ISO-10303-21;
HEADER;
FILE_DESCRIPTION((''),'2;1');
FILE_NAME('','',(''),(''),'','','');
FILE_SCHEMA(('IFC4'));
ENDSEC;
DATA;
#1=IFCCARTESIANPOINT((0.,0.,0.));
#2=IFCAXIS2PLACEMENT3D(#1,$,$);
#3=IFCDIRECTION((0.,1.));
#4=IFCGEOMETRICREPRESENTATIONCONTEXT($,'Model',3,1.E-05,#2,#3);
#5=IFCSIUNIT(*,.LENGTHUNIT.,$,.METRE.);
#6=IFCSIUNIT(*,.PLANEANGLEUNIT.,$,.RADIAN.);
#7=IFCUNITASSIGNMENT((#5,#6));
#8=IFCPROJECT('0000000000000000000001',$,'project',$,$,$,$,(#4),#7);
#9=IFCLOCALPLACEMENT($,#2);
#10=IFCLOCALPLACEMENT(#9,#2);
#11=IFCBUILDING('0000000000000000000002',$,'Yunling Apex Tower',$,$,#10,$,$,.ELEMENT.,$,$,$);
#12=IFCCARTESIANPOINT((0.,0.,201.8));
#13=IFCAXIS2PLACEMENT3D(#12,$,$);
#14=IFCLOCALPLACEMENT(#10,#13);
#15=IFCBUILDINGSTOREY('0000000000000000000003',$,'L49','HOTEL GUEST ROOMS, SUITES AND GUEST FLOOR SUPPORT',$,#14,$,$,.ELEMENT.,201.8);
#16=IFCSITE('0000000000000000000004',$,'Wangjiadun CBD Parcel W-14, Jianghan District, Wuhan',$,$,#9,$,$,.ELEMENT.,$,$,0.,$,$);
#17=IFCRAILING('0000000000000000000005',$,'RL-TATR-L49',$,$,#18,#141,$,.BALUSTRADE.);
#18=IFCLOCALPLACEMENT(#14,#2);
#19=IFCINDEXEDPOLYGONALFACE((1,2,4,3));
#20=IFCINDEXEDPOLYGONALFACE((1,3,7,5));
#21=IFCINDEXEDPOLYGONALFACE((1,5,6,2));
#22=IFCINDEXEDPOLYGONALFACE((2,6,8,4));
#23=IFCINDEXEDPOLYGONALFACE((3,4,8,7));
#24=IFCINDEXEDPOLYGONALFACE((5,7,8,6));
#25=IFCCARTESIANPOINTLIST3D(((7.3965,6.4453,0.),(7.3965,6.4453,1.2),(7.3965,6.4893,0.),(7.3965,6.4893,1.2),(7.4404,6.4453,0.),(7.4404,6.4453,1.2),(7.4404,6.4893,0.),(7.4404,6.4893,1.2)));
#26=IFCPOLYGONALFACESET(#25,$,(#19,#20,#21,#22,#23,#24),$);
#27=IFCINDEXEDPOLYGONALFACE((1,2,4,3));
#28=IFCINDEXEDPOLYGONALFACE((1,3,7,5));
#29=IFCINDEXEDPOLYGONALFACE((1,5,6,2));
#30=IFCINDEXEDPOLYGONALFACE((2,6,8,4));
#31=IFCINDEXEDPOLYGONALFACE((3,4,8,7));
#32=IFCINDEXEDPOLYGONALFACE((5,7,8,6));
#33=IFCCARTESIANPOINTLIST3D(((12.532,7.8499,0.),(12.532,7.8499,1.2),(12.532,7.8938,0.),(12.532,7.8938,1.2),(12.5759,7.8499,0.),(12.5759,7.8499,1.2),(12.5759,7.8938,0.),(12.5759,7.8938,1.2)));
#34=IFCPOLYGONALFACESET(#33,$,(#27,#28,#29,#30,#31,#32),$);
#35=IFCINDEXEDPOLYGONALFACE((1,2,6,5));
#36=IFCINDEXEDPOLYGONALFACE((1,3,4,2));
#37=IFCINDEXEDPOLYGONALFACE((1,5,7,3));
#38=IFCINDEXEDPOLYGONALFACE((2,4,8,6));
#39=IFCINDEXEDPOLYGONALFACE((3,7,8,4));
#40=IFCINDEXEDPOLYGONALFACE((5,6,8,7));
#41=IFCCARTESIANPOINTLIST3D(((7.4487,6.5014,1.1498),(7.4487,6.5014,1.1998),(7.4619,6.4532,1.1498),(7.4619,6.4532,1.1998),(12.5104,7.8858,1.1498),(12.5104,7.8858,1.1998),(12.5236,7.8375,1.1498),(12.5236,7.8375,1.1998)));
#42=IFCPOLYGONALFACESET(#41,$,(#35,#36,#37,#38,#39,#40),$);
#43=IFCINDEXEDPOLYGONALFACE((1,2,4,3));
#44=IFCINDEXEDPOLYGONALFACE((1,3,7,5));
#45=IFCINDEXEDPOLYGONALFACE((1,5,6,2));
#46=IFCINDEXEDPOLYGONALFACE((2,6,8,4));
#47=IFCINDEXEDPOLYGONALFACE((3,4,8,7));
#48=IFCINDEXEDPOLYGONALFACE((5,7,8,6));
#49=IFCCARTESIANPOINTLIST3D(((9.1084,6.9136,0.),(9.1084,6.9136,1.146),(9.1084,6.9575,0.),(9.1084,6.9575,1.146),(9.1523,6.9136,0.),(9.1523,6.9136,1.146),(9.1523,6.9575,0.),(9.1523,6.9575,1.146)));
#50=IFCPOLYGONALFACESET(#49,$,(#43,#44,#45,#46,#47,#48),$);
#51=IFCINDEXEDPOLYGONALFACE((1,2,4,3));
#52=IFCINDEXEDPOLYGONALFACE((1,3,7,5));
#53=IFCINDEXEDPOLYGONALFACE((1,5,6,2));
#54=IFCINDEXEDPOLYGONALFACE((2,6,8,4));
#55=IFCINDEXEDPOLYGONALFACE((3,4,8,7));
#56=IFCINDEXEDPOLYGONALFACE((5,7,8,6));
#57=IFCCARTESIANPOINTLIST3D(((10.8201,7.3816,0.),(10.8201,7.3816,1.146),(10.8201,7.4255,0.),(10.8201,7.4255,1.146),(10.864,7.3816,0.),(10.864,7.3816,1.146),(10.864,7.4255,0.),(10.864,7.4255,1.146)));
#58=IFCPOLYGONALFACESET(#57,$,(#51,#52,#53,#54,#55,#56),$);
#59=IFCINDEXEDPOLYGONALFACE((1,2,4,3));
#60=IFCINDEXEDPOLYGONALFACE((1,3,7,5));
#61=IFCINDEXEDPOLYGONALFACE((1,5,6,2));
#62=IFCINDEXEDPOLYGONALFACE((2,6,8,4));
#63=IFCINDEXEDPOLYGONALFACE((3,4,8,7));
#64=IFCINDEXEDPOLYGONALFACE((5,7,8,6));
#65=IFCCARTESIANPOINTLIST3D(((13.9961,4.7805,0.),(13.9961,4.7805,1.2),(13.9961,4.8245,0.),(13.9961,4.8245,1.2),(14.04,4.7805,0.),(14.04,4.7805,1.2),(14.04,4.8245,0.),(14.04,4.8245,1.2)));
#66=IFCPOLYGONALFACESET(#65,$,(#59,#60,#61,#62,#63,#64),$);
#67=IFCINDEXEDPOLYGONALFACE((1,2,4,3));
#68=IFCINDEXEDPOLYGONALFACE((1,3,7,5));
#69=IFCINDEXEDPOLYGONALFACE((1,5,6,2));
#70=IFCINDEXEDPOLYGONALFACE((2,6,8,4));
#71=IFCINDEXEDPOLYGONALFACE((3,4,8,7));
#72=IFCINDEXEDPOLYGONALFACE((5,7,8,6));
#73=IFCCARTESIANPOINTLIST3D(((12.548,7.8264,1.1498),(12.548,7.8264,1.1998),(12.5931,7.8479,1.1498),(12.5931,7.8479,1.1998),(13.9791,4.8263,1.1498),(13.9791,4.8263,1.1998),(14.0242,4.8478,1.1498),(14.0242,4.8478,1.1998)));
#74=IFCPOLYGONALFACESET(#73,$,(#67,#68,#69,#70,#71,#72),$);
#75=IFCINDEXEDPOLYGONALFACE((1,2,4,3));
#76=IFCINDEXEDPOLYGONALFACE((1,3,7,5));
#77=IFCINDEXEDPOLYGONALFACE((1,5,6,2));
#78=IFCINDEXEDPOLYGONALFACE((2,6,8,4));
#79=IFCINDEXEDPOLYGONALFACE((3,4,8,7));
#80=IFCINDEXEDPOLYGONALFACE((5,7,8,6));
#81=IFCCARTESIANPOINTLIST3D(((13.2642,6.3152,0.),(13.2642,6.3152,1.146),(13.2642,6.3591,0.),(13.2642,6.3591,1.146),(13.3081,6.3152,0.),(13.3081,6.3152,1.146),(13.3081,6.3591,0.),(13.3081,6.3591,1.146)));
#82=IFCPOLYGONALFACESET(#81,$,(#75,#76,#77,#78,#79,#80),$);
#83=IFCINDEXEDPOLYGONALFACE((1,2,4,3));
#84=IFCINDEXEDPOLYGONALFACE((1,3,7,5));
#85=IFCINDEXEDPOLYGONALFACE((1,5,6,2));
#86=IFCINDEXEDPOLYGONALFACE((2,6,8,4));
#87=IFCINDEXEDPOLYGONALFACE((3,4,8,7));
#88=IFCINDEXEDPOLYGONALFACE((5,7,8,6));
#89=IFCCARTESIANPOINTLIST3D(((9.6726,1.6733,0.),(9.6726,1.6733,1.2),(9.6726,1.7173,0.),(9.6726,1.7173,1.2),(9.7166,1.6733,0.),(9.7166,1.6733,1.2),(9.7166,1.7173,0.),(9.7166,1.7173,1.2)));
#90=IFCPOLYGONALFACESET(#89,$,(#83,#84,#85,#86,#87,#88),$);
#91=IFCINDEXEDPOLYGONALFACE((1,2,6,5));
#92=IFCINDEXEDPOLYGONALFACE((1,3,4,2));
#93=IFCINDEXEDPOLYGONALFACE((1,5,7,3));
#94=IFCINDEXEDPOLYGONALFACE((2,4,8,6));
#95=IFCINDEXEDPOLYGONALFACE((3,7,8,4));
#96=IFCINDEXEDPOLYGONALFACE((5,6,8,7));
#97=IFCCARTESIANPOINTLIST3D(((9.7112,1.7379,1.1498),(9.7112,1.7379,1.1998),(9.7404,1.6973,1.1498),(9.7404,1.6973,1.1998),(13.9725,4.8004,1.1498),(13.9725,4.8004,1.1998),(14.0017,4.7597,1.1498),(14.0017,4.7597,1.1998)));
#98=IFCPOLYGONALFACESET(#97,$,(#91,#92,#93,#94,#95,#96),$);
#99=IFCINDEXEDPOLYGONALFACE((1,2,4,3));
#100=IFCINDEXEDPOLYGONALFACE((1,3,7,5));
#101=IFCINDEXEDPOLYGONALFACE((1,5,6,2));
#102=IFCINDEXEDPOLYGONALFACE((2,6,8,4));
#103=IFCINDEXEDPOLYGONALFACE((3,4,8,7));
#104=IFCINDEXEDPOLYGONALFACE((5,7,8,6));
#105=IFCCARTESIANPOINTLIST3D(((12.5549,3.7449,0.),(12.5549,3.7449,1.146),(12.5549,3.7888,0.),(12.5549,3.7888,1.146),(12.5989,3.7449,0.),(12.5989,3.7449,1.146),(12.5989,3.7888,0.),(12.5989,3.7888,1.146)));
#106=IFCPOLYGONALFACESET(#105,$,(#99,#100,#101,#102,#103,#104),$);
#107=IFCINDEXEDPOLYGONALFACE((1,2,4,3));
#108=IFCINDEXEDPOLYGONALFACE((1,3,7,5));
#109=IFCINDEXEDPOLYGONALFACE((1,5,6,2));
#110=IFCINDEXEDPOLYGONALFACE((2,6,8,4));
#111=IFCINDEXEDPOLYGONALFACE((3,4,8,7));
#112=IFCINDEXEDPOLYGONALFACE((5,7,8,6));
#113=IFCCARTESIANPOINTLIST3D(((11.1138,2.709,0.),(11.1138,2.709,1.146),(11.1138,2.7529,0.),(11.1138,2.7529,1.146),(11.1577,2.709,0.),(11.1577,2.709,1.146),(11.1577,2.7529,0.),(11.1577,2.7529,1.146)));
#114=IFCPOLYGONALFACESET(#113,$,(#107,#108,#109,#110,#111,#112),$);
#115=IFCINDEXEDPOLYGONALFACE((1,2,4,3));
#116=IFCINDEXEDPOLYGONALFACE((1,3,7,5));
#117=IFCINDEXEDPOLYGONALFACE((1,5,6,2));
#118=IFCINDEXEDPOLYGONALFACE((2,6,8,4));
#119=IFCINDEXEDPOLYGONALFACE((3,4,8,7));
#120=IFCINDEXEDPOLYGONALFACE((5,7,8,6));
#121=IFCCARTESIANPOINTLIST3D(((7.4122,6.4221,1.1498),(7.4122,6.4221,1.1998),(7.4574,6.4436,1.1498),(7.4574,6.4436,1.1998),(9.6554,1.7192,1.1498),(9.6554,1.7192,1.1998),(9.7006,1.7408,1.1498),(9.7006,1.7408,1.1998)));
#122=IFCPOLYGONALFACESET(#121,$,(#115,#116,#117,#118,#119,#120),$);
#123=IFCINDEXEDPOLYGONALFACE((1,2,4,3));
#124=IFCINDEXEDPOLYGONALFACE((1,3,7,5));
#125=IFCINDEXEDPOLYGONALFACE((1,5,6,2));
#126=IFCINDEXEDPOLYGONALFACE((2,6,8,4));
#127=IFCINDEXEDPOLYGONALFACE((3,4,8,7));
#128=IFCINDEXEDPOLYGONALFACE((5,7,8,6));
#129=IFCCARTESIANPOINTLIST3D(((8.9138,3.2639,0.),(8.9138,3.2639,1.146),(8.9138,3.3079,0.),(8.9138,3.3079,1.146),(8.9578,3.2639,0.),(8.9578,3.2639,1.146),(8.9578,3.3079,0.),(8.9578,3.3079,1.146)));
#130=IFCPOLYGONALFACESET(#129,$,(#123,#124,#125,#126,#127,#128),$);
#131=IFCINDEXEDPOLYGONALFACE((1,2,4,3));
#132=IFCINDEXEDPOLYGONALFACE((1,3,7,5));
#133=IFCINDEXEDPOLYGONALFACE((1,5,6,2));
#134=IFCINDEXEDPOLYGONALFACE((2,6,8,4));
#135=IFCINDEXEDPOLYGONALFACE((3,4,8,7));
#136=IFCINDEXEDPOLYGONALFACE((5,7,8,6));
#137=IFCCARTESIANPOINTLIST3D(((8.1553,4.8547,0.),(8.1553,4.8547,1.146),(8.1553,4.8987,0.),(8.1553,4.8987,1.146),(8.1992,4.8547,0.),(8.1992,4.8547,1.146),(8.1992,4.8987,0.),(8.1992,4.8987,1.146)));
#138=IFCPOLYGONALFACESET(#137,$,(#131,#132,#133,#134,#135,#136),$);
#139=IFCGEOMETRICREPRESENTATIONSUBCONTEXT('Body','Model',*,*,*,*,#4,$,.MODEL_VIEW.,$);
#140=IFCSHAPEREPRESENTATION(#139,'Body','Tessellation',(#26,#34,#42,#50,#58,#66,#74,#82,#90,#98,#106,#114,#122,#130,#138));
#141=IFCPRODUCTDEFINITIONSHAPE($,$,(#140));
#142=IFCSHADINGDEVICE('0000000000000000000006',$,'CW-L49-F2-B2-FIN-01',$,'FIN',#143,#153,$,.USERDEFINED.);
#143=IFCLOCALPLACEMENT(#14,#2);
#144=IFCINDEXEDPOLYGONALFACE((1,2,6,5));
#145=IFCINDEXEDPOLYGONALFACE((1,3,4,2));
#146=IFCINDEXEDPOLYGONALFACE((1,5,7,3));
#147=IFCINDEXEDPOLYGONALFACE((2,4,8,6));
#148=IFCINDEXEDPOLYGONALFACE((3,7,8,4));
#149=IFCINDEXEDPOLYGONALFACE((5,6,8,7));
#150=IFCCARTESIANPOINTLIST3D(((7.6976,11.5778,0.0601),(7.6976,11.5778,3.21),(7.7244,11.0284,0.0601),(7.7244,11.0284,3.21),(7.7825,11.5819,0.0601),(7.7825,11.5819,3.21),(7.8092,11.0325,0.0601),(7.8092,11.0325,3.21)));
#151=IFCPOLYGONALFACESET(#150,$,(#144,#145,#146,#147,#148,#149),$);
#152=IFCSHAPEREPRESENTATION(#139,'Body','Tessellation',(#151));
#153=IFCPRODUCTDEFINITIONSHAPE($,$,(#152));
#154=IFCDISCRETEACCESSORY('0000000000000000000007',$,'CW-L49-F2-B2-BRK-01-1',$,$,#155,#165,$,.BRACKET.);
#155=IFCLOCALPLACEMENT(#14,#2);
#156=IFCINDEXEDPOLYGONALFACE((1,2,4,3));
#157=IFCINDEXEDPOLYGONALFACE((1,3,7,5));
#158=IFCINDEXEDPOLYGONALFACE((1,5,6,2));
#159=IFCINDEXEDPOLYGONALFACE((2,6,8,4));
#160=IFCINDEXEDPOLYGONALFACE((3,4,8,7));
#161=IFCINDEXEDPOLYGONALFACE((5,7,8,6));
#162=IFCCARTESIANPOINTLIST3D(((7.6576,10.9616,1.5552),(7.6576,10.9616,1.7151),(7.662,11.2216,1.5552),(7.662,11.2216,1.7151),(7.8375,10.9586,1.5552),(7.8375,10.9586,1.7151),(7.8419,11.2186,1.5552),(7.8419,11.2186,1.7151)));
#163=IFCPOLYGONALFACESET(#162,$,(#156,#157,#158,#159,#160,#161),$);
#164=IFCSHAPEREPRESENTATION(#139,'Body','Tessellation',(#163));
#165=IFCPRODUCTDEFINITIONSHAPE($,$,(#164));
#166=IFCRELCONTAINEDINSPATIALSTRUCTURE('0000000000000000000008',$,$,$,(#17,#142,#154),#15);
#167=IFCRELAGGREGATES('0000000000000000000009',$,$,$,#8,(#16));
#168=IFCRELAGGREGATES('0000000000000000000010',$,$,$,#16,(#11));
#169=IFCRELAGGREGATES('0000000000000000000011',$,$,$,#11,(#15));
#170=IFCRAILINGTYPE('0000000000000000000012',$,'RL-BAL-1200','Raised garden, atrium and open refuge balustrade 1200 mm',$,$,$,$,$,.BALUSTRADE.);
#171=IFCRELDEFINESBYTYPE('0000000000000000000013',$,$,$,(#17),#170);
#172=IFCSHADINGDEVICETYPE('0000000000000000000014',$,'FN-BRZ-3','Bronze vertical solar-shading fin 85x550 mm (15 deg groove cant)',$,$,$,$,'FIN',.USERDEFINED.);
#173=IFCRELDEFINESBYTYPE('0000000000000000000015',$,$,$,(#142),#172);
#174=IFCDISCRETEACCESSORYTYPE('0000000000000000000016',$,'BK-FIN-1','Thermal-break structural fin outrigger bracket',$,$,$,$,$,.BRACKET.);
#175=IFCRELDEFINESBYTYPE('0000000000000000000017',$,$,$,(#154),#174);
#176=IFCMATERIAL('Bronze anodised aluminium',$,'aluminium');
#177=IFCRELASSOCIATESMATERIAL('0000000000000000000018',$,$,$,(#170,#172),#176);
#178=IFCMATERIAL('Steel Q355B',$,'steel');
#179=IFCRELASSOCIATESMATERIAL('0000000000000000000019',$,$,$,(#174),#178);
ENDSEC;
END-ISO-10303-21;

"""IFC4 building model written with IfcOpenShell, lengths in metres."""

from ifc_helpers import new_model, si_unit, direction, frame, origin, origin_2d, place, context, subcontext, project, spatial, rectangle, extrude, source, transform, mapped, material, material_profile, profile_set, type_object, element, save


model = new_model("IFC4")

# Units and contexts
model_context = context("Model", 3, precision=1e-05, world=origin(), true_north=direction((0.0, 1.0)))
body_context = subcontext(model_context, "Body", "Model", "MODEL_VIEW")
ifc_project = project(units=[si_unit("LENGTHUNIT", "METRE"), si_unit("PLANEANGLEUNIT", "RADIAN")], contexts=[model_context])

# Site, building, storey
site_placement = place(None, origin())
site = spatial("IfcSite", under=ifc_project, at=site_placement, Name="Wangjiadun CBD Parcel W-14, Jianghan District, Wuhan", CompositionType="ELEMENT", RefElevation=0.0)
building_placement = place(site_placement, origin())
building = spatial("IfcBuilding", under=site, at=building_placement, Name="Yunling Apex Tower", CompositionType="ELEMENT")
storey_placement = place(building_placement, frame((0.0, 0.0, 201.8)))
storey = spatial("IfcBuildingStorey", under=building, at=storey_placement, Name="L49", Description="HOTEL GUEST ROOMS, SUITES AND GUEST FLOOR SUPPORT", CompositionType="ELEMENT", Elevation=201.8)

# Shared definitions
ifc_material_1 = material(Name="Steel Q355B", Category="steel")

# Shared definitions
ifc_material_2 = material(Name="Bronze anodised aluminium", Category="aluminium")

# Railing
railing_type = type_object("IfcRailingType", Name="RL-BAL-1200", Description="Raised garden, atrium and open refuge balustrade 1200 mm", PredefinedType="BALUSTRADE", material=ifc_material_2)
railing_1_placement = place(storey_placement, frame((7.4185, 6.4673, 0.0)))
element("IfcRailing", 1, at=railing_1_placement, inside=storey, type_object=railing_type, Name="RL-TATR-L49", PredefinedType="BALUSTRADE", context=body_context, shape_type="SweptSolid", body=[
    extrude(rectangle(XDim=0.0439, YDim=0.0439, at=origin_2d()), origin(), (0.0, 0.0, 1.0), 1.2),
    extrude(rectangle(XDim=0.0439, YDim=0.0439, at=origin_2d()), frame((5.1355, 1.4045, 0.0)), (0.0, 0.0, 1.0), 1.2),
    extrude(rectangle(XDim=0.05, YDim=0.05, at=origin_2d()), frame((0.0369, 0.01, 1.1748), z_axis=(0.964575, 0.263808, 0.0), x_axis=(-0.263808, 0.964575, 0.0)), (0.0, 0.0, 1.0), 5.2476),
    extrude(rectangle(XDim=0.0439, YDim=0.0439, at=origin_2d()), frame((1.7119, 0.4683, 0.0)), (0.0, 0.0, 1.0), 1.146),
    extrude(rectangle(XDim=0.0439, YDim=0.0439, at=origin_2d()), frame((3.4236, 0.9363, 0.0)), (0.0, 0.0, 1.0), 1.146),
    extrude(rectangle(XDim=0.0439, YDim=0.0439, at=origin_2d()), frame((6.5996, -1.6648, 0.0)), (0.0, 0.0, 1.0), 1.2),
    extrude(rectangle(XDim=0.05, YDim=0.05, at=origin_2d()), frame((5.1521, 1.3699, 1.1748), z_axis=(0.430538, -0.902572, 0.0), x_axis=(0.902572, 0.430538, 0.0)), (0.0, 0.0, 1.0), 3.324),
    extrude(rectangle(XDim=0.0439, YDim=0.0439, at=origin_2d()), frame((5.8677, -0.1301, 0.0)), (0.0, 0.0, 1.0), 1.146),
    extrude(rectangle(XDim=0.0439, YDim=0.0439, at=origin_2d()), frame((2.2761, -4.772, 0.0)), (0.0, 0.0, 1.0), 1.2),
    extrude(rectangle(XDim=0.05, YDim=0.05, at=origin_2d()), frame((6.5686, -1.6873, 1.1748), z_axis=(-0.812045, -0.583595, 0.0), x_axis=(0.583595, -0.812045, 0.0)), (0.0, 0.0, 1.0), 5.2476),
    extrude(rectangle(XDim=0.0439, YDim=0.0439, at=origin_2d()), frame((5.1584, -2.7004, 0.0)), (0.0, 0.0, 1.0), 1.146),
    extrude(rectangle(XDim=0.0439, YDim=0.0439, at=origin_2d()), frame((3.7173, -3.7363, 0.0)), (0.0, 0.0, 1.0), 1.146),
    extrude(rectangle(XDim=0.05, YDim=0.05, at=origin_2d()), frame((2.2595, -4.7373, 1.1748), z_axis=(-0.430512, 0.902585, 0.0), x_axis=(-0.902585, -0.430512, 0.0)), (0.0, 0.0, 1.0), 5.2104),
    extrude(rectangle(XDim=0.0439, YDim=0.0439, at=origin_2d()), frame((1.5173, -3.1814, 0.0)), (0.0, 0.0, 1.0), 1.146),
    extrude(rectangle(XDim=0.0439, YDim=0.0439, at=origin_2d()), frame((0.7588, -1.5906, 0.0)), (0.0, 0.0, 1.0), 1.146),
])

# Shading device
ifc_material_profile_1 = material_profile(ifc_material_2, rectangle(XDim=0.085, YDim=0.55, at=origin_2d()))
ifc_profile_set_1 = profile_set([ifc_material_profile_1], Name="Bronze anodised aluminium")
shading_device_type = type_object("IfcShadingDeviceType", Name="FN-BRZ-3", Description="Bronze vertical solar-shading fin 85x550 mm (15 deg groove cant)", ElementType="FIN", PredefinedType="USERDEFINED", material=ifc_profile_set_1)
shared_shape_1 = source(origin(), body_context, "Body", "SweptSolid", [
    extrude(rectangle(XDim=0.085, YDim=0.55, at=origin_2d()), origin(), (0.0, 0.0, 1.0), 3.1499),
])
shading_device_placement = place(storey_placement, frame((7.7534, 11.3052, 0.0601), z_axis=(0.0, 0.0, 1.0), x_axis=(-0.998815, -0.048675, 0.0)))
element("IfcShadingDevice", 2, at=shading_device_placement, inside=storey, type_object=shading_device_type, Name="CW-L49-F2-B2-FIN-01", ObjectType="FIN", PredefinedType="USERDEFINED", context=body_context, shape_type="MappedRepresentation", body=[
    mapped(shared_shape_1, transform((0.0, 0.0, 0.0), scale=1.0)),
])

# Discrete accessory
discrete_accessory_type = type_object("IfcDiscreteAccessoryType", Name="BK-FIN-1", Description="Thermal-break structural fin outrigger bracket", PredefinedType="BRACKET", material=ifc_material_1)
shared_shape_2 = source(origin(), body_context, "Body", "SweptSolid", [
    extrude(rectangle(XDim=0.1799, YDim=0.26, at=origin_2d()), origin(), (0.0, 0.0, 1.0), 0.1599),
])
discrete_accessory_placement = place(storey_placement, frame((7.7498, 11.0901, 1.5552), z_axis=(0.0, 0.0, 1.0), x_axis=(-0.99986, 0.016754, 0.0)))
element("IfcDiscreteAccessory", 3, at=discrete_accessory_placement, inside=storey, type_object=discrete_accessory_type, Name="CW-L49-F2-B2-BRK-01-1", PredefinedType="BRACKET", context=body_context, shape_type="MappedRepresentation", body=[
    mapped(shared_shape_2, transform((0.0, 0.0, 0.0), scale=1.0)),
])

save(model, "model.ifc")
